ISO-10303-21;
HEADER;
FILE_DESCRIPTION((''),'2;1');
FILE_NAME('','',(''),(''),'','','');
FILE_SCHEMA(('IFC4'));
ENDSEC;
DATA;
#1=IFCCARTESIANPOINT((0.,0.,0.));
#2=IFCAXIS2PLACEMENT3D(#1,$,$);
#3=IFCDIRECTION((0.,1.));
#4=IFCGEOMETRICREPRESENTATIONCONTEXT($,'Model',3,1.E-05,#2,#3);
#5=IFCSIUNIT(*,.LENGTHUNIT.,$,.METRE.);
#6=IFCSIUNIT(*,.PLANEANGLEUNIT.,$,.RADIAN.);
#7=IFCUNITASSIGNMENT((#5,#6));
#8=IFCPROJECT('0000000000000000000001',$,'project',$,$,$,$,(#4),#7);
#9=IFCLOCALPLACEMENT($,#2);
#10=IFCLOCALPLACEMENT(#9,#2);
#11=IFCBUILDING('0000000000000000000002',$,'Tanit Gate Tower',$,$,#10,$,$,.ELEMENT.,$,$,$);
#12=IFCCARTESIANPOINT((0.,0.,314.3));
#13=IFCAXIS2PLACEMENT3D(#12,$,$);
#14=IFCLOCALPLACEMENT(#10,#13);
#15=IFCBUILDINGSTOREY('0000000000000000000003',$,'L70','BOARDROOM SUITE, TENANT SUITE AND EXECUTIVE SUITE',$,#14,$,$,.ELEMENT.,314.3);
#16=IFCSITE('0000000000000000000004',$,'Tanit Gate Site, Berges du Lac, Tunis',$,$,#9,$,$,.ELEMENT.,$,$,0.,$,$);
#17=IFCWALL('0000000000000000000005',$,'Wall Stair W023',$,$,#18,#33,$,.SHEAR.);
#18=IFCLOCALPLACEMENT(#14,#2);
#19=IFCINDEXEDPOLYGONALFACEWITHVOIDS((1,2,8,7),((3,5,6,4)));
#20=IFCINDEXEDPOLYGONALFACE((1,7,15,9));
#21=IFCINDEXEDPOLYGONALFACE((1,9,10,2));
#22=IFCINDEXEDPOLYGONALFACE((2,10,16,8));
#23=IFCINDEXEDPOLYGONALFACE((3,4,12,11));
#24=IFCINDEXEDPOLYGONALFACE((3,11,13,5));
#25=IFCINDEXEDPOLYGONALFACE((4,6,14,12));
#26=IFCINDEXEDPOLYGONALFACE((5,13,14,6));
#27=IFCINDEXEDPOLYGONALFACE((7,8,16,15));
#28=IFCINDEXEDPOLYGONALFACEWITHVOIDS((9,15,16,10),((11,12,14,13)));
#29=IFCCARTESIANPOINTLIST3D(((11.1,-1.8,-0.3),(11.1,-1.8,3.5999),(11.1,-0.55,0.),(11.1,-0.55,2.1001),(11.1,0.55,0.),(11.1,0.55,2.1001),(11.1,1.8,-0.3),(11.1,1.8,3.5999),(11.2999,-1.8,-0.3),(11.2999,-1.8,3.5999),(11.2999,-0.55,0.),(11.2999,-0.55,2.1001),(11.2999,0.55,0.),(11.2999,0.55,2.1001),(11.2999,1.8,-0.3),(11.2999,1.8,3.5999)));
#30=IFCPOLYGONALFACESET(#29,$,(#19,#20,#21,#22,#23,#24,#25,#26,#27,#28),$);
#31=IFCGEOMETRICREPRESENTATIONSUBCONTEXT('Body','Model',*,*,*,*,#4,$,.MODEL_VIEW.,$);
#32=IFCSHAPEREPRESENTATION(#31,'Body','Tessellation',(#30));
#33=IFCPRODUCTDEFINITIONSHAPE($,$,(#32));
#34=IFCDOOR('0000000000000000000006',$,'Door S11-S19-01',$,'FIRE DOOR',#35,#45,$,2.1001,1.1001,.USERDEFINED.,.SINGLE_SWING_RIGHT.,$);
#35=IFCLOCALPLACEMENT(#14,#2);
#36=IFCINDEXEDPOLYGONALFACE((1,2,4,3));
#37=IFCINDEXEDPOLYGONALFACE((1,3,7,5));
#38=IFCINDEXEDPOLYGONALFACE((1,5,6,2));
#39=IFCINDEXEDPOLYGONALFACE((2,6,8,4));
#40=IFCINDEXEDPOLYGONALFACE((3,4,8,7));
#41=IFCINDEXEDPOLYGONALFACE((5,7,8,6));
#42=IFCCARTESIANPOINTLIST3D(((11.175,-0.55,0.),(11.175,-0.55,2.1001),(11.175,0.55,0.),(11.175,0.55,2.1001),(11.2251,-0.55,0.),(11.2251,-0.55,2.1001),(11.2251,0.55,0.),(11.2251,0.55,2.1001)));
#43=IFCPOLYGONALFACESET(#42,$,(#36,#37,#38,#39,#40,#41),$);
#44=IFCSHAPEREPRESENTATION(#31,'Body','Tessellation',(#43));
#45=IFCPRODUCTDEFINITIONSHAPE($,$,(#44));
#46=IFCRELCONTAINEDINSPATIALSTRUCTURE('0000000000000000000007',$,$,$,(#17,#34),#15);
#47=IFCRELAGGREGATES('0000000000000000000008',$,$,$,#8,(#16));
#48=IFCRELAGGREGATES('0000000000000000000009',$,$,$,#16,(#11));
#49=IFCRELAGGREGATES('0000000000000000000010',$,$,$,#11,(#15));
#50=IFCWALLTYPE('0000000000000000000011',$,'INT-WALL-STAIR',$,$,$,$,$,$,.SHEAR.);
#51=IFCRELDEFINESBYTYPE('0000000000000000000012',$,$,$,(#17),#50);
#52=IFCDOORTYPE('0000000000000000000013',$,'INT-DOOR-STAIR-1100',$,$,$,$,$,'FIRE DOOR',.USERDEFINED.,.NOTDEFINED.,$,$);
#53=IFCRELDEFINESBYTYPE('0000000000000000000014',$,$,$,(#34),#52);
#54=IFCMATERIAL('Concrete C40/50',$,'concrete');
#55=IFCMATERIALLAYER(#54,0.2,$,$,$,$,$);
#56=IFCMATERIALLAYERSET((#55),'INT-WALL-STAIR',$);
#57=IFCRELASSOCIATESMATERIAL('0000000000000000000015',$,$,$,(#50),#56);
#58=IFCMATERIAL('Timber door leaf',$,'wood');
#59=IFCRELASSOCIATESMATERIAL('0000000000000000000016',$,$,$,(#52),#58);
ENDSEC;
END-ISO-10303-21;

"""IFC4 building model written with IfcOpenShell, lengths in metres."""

from ifc_helpers import new_model, si_unit, direction, frame, frame_2d, origin, place, context, subcontext, project, spatial, rectangle, extrude, material, layer, layer_set, type_object, element, fill, save


model = new_model("IFC4")

# Units and contexts
model_context = context("Model", 3, precision=1e-05, world=origin(), true_north=direction((0.0, 1.0)))
body_context = subcontext(model_context, "Body", "Model", "MODEL_VIEW")
ifc_project = project(units=[si_unit("LENGTHUNIT", "METRE"), si_unit("PLANEANGLEUNIT", "RADIAN")], contexts=[model_context])

# Site, building, storey
site_placement = place(None, origin())
site = spatial("IfcSite", under=ifc_project, at=site_placement, Name="Tanit Gate Site, Berges du Lac, Tunis", CompositionType="ELEMENT", RefElevation=0.0)
building_placement = place(site_placement, origin())
building = spatial("IfcBuilding", under=site, at=building_placement, Name="Tanit Gate Tower", CompositionType="ELEMENT")
storey_placement = place(building_placement, frame((0.0, 0.0, 314.3)))
storey = spatial("IfcBuildingStorey", under=building, at=storey_placement, Name="L70", Description="BOARDROOM SUITE, TENANT SUITE AND EXECUTIVE SUITE", CompositionType="ELEMENT", Elevation=314.3)

# Shared definitions
ifc_material_1 = material(Name="Concrete C40/50", Category="concrete")
ifc_layer_1 = layer(ifc_material_1, 0.2)
ifc_layer_set_1 = layer_set([ifc_layer_1], Name="INT-WALL-STAIR")
wall_type_1 = type_object("IfcWallType", Name="INT-WALL-STAIR", PredefinedType="SHEAR", material=ifc_layer_set_1)

# Wall, opening, door
wall_1_placement = place(storey_placement, frame((11.2, -1.8, -0.3), z_axis=(0.0, 0.0, 1.0), x_axis=(0.0, 1.0, 0.0)))
wall_1 = element("IfcWall", 1, at=wall_1_placement, inside=storey, type_object=wall_type_1, Name="Wall Stair W023", PredefinedType="SHEAR", context=body_context, shape_type="SweptSolid", body=[
    extrude(rectangle(XDim=3.6001, YDim=0.2, at=frame_2d((1.8, 0.0))), origin(), (0.0, 0.0, 1.0), 3.8999),
])
opening_1_placement = place(wall_1_placement, frame((1.25, 0.0, 0.3)))
opening_1 = element("IfcOpeningElement", 2, at=opening_1_placement, cuts=wall_1, PredefinedType="OPENING", context=body_context, shape_type="SweptSolid", body=[
    extrude(rectangle(XDim=1.1001, YDim=2.1001, at=frame_2d((0.55, 1.05))), frame((0.0, 0.1099, 0.0), z_axis=(0.0, -1.0, 0.0), x_axis=(1.0, 0.0, 0.0)), (0.0, 0.0, 1.0), 0.22),
])
ifc_material_2 = material(Name="Timber door leaf", Category="wood")
door_type_1 = type_object("IfcDoorType", Name="INT-DOOR-STAIR-1100", ElementType="FIRE DOOR", OperationType="NOTDEFINED", PredefinedType="USERDEFINED", material=ifc_material_2)
door_1_placement = place(opening_1_placement, origin())
door_1 = element("IfcDoor", 3, at=door_1_placement, inside=storey, type_object=door_type_1, Name="Door S11-S19-01", ObjectType="FIRE DOOR", OperationType="SINGLE_SWING_RIGHT", OverallHeight=2.1001, OverallWidth=1.1001, PredefinedType="USERDEFINED", context=body_context, shape_type="SweptSolid", body=[
    extrude(rectangle(XDim=1.1001, YDim=2.1001, at=frame_2d((0.55, 1.05))), frame((0.0, 0.0249, 0.0), z_axis=(0.0, -1.0, 0.0), x_axis=(1.0, 0.0, 0.0)), (0.0, 0.0, 1.0), 0.05),
])
fill(opening_1, door_1)

save(model, "model.ifc")
